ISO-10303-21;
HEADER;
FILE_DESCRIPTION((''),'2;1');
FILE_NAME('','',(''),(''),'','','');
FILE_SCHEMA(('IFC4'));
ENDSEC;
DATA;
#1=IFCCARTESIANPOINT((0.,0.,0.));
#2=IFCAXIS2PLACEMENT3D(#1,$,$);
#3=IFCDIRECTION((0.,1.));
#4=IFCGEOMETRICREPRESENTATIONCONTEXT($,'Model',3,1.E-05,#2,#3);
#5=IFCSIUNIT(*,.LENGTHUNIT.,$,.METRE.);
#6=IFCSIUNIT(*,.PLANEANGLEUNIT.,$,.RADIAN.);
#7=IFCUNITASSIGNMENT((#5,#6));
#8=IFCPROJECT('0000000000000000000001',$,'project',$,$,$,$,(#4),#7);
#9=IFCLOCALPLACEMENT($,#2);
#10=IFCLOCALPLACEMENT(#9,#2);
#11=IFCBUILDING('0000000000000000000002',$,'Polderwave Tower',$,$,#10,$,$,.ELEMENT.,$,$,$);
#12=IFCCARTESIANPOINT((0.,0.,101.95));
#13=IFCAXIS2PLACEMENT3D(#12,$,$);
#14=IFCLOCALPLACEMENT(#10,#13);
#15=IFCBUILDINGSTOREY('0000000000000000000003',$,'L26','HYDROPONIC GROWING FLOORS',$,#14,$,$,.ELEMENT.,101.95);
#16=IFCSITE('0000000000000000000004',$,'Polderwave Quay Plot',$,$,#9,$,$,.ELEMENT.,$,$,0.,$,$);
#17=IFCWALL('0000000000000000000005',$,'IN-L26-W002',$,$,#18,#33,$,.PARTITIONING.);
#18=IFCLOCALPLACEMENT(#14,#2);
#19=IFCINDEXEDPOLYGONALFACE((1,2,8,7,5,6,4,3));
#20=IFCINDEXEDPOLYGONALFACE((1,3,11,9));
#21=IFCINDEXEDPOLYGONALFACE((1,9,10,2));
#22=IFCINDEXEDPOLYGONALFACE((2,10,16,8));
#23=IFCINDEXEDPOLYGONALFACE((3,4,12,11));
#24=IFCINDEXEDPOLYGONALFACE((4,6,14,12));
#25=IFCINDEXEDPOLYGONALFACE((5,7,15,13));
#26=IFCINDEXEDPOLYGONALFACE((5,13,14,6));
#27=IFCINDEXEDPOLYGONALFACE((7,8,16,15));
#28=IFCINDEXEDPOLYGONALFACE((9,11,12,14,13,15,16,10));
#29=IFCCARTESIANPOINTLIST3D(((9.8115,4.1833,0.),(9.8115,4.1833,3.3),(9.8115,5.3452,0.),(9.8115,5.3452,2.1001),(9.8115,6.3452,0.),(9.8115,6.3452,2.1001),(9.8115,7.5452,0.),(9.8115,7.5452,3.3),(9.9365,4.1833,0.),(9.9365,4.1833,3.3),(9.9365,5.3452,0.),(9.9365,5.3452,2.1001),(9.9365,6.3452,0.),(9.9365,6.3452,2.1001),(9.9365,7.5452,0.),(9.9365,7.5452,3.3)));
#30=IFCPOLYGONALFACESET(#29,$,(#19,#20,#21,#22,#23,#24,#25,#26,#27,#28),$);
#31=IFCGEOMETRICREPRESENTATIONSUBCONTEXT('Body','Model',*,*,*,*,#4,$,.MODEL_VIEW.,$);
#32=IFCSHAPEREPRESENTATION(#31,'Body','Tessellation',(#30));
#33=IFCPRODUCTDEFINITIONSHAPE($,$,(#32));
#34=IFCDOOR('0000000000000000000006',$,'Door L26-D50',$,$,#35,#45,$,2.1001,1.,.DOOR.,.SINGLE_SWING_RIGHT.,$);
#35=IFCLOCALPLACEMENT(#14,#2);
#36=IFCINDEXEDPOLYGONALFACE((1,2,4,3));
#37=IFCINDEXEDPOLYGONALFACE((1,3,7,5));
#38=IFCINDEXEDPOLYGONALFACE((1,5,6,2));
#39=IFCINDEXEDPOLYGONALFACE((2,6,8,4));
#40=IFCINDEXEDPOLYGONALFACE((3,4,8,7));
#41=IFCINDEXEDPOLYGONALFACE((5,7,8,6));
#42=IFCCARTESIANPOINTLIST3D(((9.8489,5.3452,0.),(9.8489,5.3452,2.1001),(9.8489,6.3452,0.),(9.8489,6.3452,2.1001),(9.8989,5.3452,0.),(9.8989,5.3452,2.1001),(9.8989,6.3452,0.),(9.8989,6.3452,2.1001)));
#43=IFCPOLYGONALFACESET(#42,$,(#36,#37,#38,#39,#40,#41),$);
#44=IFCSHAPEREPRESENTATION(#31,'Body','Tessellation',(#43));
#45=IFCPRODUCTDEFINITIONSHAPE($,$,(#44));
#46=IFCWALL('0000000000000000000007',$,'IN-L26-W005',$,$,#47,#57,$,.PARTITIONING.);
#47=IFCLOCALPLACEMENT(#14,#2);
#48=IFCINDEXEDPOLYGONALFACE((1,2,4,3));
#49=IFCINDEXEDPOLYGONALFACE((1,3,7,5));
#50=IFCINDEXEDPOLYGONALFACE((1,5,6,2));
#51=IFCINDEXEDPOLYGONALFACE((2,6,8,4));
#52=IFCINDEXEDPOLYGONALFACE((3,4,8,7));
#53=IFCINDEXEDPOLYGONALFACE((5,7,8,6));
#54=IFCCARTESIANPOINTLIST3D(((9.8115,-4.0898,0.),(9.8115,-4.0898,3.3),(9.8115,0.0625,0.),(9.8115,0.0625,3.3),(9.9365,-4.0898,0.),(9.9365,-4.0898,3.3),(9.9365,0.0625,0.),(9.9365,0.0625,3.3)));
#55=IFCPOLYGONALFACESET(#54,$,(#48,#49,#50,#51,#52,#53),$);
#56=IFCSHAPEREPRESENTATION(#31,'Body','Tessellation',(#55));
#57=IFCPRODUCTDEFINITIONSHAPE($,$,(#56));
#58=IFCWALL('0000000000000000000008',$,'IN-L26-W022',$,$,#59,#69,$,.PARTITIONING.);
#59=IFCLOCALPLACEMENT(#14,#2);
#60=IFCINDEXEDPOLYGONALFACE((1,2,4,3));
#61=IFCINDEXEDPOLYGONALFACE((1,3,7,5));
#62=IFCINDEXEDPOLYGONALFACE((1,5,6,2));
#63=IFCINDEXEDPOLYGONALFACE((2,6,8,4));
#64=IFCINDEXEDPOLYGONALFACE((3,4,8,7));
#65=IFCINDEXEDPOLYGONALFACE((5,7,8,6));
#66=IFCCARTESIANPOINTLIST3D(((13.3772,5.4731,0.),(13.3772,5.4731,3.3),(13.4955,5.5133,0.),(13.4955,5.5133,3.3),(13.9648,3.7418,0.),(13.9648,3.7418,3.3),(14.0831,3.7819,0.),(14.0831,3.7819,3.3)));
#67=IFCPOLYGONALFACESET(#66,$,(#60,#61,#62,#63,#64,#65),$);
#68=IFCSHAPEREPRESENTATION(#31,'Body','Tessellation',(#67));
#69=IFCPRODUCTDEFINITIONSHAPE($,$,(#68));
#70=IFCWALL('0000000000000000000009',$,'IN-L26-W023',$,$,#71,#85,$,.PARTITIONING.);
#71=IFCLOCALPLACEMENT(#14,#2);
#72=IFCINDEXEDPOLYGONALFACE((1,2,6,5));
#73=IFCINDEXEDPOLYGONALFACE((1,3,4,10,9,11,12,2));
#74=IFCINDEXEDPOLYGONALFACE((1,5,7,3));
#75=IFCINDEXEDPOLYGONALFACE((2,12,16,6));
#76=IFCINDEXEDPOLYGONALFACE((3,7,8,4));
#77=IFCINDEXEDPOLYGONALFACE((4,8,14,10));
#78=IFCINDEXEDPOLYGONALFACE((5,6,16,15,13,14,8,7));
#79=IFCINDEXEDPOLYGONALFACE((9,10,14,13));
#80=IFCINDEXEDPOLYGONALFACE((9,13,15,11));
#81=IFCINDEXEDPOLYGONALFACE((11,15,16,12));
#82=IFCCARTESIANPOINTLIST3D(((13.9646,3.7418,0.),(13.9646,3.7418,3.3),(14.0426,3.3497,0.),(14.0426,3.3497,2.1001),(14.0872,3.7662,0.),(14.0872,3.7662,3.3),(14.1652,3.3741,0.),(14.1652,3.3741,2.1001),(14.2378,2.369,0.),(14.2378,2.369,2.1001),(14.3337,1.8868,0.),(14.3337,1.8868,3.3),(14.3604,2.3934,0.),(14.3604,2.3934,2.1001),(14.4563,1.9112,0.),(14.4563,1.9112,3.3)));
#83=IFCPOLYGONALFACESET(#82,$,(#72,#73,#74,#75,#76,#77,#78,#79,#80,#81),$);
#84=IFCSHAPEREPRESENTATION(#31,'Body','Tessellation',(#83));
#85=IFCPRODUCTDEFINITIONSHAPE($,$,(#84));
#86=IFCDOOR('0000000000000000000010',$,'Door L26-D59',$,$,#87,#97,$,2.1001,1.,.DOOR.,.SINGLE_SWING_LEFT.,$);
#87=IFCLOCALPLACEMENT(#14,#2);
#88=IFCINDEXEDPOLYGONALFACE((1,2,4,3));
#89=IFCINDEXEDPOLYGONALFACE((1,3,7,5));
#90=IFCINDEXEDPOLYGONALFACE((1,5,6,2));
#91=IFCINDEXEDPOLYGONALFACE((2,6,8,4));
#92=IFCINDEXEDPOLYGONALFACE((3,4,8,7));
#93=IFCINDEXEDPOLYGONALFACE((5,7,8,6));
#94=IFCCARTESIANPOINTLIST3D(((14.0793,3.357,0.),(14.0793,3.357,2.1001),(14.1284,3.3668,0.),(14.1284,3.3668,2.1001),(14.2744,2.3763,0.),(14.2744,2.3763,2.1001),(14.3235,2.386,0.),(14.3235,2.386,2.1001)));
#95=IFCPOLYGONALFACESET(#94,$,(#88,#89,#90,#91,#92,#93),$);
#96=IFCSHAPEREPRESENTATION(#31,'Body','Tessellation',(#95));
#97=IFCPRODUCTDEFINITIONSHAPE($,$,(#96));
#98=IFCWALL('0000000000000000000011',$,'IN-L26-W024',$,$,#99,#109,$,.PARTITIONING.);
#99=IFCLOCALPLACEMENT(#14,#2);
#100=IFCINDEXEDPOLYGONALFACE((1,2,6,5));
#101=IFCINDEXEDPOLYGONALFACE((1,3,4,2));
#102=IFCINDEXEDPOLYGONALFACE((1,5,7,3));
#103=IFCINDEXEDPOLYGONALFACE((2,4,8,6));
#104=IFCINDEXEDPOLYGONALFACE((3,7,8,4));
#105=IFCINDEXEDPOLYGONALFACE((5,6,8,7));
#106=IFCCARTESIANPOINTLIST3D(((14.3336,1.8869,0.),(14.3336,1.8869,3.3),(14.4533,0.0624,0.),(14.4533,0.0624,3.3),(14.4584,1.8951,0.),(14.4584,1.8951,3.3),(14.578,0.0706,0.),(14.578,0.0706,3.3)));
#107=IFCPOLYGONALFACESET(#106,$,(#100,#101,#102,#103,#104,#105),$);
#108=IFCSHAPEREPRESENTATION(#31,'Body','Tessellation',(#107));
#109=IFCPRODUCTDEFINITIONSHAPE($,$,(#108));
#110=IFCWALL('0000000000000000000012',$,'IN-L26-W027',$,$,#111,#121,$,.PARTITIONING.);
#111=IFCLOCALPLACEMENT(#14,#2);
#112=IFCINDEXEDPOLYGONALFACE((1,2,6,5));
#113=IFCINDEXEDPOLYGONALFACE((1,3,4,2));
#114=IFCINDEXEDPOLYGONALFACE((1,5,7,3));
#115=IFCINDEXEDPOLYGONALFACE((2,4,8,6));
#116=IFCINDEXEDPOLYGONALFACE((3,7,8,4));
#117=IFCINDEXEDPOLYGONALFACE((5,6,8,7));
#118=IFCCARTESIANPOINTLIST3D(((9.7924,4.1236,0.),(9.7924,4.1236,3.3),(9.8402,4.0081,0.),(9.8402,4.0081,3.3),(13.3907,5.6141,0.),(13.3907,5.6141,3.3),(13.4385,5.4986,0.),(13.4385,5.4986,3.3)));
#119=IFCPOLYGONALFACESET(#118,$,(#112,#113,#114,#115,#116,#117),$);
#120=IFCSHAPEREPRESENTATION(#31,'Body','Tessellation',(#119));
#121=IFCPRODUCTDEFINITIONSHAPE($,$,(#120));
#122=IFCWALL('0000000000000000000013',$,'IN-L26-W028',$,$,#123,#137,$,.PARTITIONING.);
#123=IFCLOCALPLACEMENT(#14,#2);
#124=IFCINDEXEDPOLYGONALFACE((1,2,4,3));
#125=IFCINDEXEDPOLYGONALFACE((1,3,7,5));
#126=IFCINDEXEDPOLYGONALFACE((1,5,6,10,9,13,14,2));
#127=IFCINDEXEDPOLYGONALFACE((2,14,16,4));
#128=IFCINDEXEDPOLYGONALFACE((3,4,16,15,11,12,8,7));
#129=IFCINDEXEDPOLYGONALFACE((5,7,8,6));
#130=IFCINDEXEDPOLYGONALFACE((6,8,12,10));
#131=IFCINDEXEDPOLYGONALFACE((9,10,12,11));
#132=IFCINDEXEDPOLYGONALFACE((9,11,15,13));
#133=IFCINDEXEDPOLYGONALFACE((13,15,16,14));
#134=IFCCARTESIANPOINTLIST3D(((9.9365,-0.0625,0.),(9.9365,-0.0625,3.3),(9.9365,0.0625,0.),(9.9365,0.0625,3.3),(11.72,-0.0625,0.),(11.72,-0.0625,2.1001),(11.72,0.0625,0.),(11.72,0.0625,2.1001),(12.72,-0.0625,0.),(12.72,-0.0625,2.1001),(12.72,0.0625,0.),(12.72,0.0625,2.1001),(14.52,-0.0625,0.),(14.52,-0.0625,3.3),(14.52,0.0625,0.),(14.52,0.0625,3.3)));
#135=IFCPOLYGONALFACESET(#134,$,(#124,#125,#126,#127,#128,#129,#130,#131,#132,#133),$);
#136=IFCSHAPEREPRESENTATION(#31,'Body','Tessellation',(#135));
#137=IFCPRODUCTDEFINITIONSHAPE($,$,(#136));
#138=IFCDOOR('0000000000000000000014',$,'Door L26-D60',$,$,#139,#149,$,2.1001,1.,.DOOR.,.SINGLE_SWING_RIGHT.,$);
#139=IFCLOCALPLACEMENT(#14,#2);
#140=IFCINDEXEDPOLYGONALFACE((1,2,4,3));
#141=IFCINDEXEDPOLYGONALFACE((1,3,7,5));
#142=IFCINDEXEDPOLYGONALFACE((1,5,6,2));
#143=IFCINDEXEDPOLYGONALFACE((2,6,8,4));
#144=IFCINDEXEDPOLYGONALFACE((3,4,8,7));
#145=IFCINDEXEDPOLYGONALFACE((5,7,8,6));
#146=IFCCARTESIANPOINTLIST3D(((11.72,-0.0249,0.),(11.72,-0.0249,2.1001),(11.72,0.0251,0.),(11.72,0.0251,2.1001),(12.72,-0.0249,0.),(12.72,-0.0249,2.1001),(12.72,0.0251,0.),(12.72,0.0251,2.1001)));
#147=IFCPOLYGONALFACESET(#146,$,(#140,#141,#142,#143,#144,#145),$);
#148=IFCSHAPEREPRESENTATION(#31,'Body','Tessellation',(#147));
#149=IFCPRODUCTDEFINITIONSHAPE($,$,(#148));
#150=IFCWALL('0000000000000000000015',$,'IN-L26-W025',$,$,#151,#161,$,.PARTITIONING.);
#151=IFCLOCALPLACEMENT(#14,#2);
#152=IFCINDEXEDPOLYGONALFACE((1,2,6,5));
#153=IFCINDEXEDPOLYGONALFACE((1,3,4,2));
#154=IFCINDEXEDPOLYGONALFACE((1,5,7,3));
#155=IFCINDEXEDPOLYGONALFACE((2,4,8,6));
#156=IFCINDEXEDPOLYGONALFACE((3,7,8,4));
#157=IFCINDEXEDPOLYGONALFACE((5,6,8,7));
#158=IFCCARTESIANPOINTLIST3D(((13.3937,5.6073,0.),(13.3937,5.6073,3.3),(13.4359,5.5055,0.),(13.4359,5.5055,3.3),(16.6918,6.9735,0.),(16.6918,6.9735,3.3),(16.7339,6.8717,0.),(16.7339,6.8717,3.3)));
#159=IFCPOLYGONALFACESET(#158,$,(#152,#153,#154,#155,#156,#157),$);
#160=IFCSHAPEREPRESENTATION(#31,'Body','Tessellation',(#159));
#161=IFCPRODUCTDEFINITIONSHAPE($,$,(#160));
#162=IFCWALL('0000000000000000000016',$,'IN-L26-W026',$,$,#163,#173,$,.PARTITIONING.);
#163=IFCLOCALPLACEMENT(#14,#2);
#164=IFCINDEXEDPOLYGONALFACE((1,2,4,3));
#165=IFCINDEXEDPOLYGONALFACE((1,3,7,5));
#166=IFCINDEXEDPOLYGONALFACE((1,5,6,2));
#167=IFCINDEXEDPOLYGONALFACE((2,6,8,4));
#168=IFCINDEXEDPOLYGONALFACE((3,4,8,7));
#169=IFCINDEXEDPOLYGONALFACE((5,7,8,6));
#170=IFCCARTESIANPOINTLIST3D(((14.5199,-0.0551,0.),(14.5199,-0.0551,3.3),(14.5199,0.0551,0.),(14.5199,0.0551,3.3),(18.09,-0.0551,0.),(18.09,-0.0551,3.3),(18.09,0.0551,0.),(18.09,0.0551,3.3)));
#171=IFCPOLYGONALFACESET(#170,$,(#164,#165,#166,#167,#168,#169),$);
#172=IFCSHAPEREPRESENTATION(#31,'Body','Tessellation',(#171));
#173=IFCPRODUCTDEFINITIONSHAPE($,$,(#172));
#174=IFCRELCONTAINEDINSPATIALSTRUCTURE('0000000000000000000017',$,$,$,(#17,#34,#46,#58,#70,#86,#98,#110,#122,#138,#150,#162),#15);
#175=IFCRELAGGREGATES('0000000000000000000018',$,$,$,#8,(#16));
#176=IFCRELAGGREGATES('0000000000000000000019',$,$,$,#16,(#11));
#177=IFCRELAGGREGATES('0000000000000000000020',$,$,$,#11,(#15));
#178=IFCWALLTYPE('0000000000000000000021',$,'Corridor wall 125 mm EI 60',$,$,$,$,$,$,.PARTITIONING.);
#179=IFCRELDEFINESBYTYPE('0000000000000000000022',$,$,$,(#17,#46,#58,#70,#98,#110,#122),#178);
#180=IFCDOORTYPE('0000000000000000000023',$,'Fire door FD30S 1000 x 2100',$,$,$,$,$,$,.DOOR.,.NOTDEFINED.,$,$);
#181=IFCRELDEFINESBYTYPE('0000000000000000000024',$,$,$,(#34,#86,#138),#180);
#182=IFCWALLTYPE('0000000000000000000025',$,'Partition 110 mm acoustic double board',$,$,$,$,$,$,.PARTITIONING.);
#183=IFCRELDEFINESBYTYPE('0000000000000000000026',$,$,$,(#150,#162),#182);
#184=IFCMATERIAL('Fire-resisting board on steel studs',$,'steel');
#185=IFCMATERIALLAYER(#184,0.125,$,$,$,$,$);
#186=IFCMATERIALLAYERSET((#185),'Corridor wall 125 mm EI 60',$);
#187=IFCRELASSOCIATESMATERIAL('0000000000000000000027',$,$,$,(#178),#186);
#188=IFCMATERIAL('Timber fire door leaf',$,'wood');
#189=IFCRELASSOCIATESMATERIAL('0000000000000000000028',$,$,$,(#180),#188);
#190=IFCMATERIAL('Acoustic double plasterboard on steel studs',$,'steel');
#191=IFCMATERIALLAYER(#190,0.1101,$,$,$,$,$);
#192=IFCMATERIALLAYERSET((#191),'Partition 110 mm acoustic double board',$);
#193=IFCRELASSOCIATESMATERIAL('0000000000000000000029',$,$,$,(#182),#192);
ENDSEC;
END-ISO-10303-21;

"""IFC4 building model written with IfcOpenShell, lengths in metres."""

from ifc_helpers import new_model, si_unit, direction, frame, frame_2d, origin, place, context, subcontext, project, spatial, rectangle, extrude, material, layer, layer_set, type_object, element, fill, save


model = new_model("IFC4")

# Units and contexts
model_context = context("Model", 3, precision=1e-05, world=origin(), true_north=direction((0.0, 1.0)))
body_context = subcontext(model_context, "Body", "Model", "MODEL_VIEW")
ifc_project = project(units=[si_unit("LENGTHUNIT", "METRE"), si_unit("PLANEANGLEUNIT", "RADIAN")], contexts=[model_context])

# Site, building, storey
site_placement = place(None, origin())
site = spatial("IfcSite", under=ifc_project, at=site_placement, Name="Polderwave Quay Plot", CompositionType="ELEMENT", RefElevation=0.0)
building_placement = place(site_placement, origin())
building = spatial("IfcBuilding", under=site, at=building_placement, Name="Polderwave Tower", CompositionType="ELEMENT")
storey_placement = place(building_placement, frame((0.0, 0.0, 101.95)))
storey = spatial("IfcBuildingStorey", under=building, at=storey_placement, Name="L26", Description="HYDROPONIC GROWING FLOORS", CompositionType="ELEMENT", Elevation=101.95)

# Wall, opening, door
ifc_material_1 = material(Name="Fire-resisting board on steel studs", Category="steel")
ifc_layer_1 = layer(ifc_material_1, 0.125)
ifc_layer_set_1 = layer_set([ifc_layer_1], Name="Corridor wall 125 mm EI 60")
wall_type_1 = type_object("IfcWallType", Name="Corridor wall 125 mm EI 60", PredefinedType="PARTITIONING", material=ifc_layer_set_1)
wall_1_placement = place(storey_placement, frame((9.874, 7.5452, 0.0), z_axis=(0.0, 0.0, 1.0), x_axis=(0.0, -1.0, 0.0)))
wall_1 = element("IfcWall", 1, at=wall_1_placement, inside=storey, type_object=wall_type_1, Name="IN-L26-W002", PredefinedType="PARTITIONING", context=body_context, shape_type="SweptSolid", body=[
    extrude(rectangle(XDim=3.3618, YDim=0.125, at=frame_2d((1.6809, 0.0))), origin(), (0.0, 0.0, 1.0), 3.3),
])
opening_1_placement = place(wall_1_placement, frame((1.2, 0.0, 0.0)))
opening_1 = element("IfcOpeningElement", 2, at=opening_1_placement, cuts=wall_1, PredefinedType="OPENING", context=body_context, shape_type="SweptSolid", body=[
    extrude(rectangle(XDim=1.0, YDim=2.1001, at=frame_2d((0.5, 1.05))), frame((0.0, 0.0725, 0.0), z_axis=(0.0, -1.0, 0.0), x_axis=(1.0, 0.0, 0.0)), (0.0, 0.0, 1.0), 0.145),
])
ifc_material_2 = material(Name="Timber fire door leaf", Category="wood")
door_type = type_object("IfcDoorType", Name="Fire door FD30S 1000 x 2100", OperationType="NOTDEFINED", PredefinedType="DOOR", material=ifc_material_2)
door_1_placement = place(opening_1_placement, origin())
door_1 = element("IfcDoor", 3, at=door_1_placement, inside=storey, type_object=door_type, Name="Door L26-D50", OperationType="SINGLE_SWING_RIGHT", OverallHeight=2.1001, OverallWidth=1.0, PredefinedType="DOOR", context=body_context, shape_type="SweptSolid", body=[
    extrude(rectangle(XDim=1.0, YDim=2.1001, at=frame_2d((0.5, 1.05))), frame((0.0, 0.0249, 0.0), z_axis=(0.0, -1.0, 0.0), x_axis=(1.0, 0.0, 0.0)), (0.0, 0.0, 1.0), 0.05),
])
fill(opening_1, door_1)

# Walls
wall_2_placement = place(storey_placement, frame((9.874, 0.0625, 0.0), z_axis=(0.0, 0.0, 1.0), x_axis=(0.0, -1.0, 0.0)))
element("IfcWall", 4, at=wall_2_placement, inside=storey, type_object=wall_type_1, Name="IN-L26-W005", PredefinedType="PARTITIONING", context=body_context, shape_type="SweptSolid", body=[
    extrude(rectangle(XDim=4.1523, YDim=0.125, at=frame_2d((2.0762, 0.0))), origin(), (0.0, 0.0, 1.0), 3.3),
])
wall_3_placement = place(storey_placement, frame((14.0239, 3.762, 0.0), z_axis=(0.0, 0.0, 1.0), x_axis=(-0.32139, 0.946947, 0.0)))
element("IfcWall", 5, at=wall_3_placement, inside=storey, type_object=wall_type_1, Name="IN-L26-W022", PredefinedType="PARTITIONING", context=body_context, shape_type="SweptSolid", body=[
    extrude(rectangle(XDim=1.8284, YDim=0.125, at=frame_2d((0.9141, 0.0))), origin(), (0.0, 0.0, 1.0), 3.3),
])

# Wall, opening, door
wall_4_placement = place(storey_placement, frame((14.0259, 3.7542, 0.0), z_axis=(0.0, 0.0, 1.0), x_axis=(0.195173, -0.980769, 0.0)))
wall_4 = element("IfcWall", 6, at=wall_4_placement, inside=storey, type_object=wall_type_1, Name="IN-L26-W023", PredefinedType="PARTITIONING", context=body_context, shape_type="SweptSolid", body=[
    extrude(rectangle(XDim=1.8914, YDim=0.125, at=frame_2d((0.9458, 0.0))), origin(), (0.0, 0.0, 1.0), 3.3),
])
opening_2_placement = place(wall_4_placement, frame((0.3999, 0.0, 0.0)))
opening_2 = element("IfcOpeningElement", 7, at=opening_2_placement, cuts=wall_4, PredefinedType="OPENING", context=body_context, shape_type="SweptSolid", body=[
    extrude(rectangle(XDim=1.0, YDim=2.1001, at=frame_2d((0.5, 1.05))), frame((0.0, 0.0725, 0.0), z_axis=(0.0, -1.0, 0.0), x_axis=(1.0, 0.0, 0.0)), (0.0, 0.0, 1.0), 0.145),
])
door_2_placement = place(opening_2_placement, origin())
door_2 = element("IfcDoor", 8, at=door_2_placement, inside=storey, type_object=door_type, Name="Door L26-D59", OperationType="SINGLE_SWING_LEFT", OverallHeight=2.1001, OverallWidth=1.0, PredefinedType="DOOR", context=body_context, shape_type="SweptSolid", body=[
    extrude(rectangle(XDim=1.0, YDim=2.1001, at=frame_2d((0.5, 1.05))), frame((0.0, 0.0249, 0.0), z_axis=(0.0, -1.0, 0.0), x_axis=(1.0, 0.0, 0.0)), (0.0, 0.0, 1.0), 0.05),
])
fill(opening_2, door_2)

# Walls
wall_5_placement = place(storey_placement, frame((14.5156, 0.0667, 0.0), z_axis=(0.0, 0.0, 1.0), x_axis=(-0.065429, 0.997857, 0.0)))
element("IfcWall", 9, at=wall_5_placement, inside=storey, type_object=wall_type_1, Name="IN-L26-W024", PredefinedType="PARTITIONING", context=body_context, shape_type="SweptSolid", body=[
    extrude(rectangle(XDim=1.8284, YDim=0.125, at=frame_2d((0.9141, 0.0))), origin(), (0.0, 0.0, 1.0), 3.3),
])
wall_6_placement = place(storey_placement, frame((9.8164, 4.0659, 0.0), z_axis=(0.0, 0.0, 1.0), x_axis=(0.923882, 0.382678, 0.0)))
element("IfcWall", 10, at=wall_6_placement, inside=storey, type_object=wall_type_1, Name="IN-L26-W027", PredefinedType="PARTITIONING", context=body_context, shape_type="SweptSolid", body=[
    extrude(rectangle(XDim=3.8948, YDim=0.125, at=frame_2d((1.9473, 0.0))), origin(), (0.0, 0.0, 1.0), 3.3),
])

# Wall, opening, door
wall_7_placement = place(storey_placement, frame((14.52, 0.0, 0.0), z_axis=(0.0, 0.0, 1.0), x_axis=(-1.0, 0.0, 0.0)))
wall_7 = element("IfcWall", 11, at=wall_7_placement, inside=storey, type_object=wall_type_1, Name="IN-L26-W028", PredefinedType="PARTITIONING", context=body_context, shape_type="SweptSolid", body=[
    extrude(rectangle(XDim=4.5835, YDim=0.125, at=frame_2d((2.2917, 0.0))), origin(), (0.0, 0.0, 1.0), 3.3),
])
opening_3_placement = place(wall_7_placement, frame((1.8, 0.0, 0.0)))
opening_3 = element("IfcOpeningElement", 12, at=opening_3_placement, cuts=wall_7, PredefinedType="OPENING", context=body_context, shape_type="SweptSolid", body=[
    extrude(rectangle(XDim=1.0, YDim=2.1001, at=frame_2d((0.5, 1.05))), frame((0.0, 0.0725, 0.0), z_axis=(0.0, -1.0, 0.0), x_axis=(1.0, 0.0, 0.0)), (0.0, 0.0, 1.0), 0.145),
])
door_3_placement = place(opening_3_placement, origin())
door_3 = element("IfcDoor", 13, at=door_3_placement, inside=storey, type_object=door_type, Name="Door L26-D60", OperationType="SINGLE_SWING_RIGHT", OverallHeight=2.1001, OverallWidth=1.0, PredefinedType="DOOR", context=body_context, shape_type="SweptSolid", body=[
    extrude(rectangle(XDim=1.0, YDim=2.1001, at=frame_2d((0.5, 1.05))), frame((0.0, 0.0249, 0.0), z_axis=(0.0, -1.0, 0.0), x_axis=(1.0, 0.0, 0.0)), (0.0, 0.0, 1.0), 0.05),
])
fill(opening_3, door_3)

# Walls
ifc_material_3 = material(Name="Acoustic double plasterboard on steel studs", Category="steel")
ifc_layer_2 = layer(ifc_material_3, 0.1101)
ifc_layer_set_2 = layer_set([ifc_layer_2], Name="Partition 110 mm acoustic double board")
wall_type_2 = type_object("IfcWallType", Name="Partition 110 mm acoustic double board", PredefinedType="PARTITIONING", material=ifc_layer_set_2)
wall_8_placement = place(storey_placement, frame((13.4148, 5.5564, 0.0), z_axis=(0.0, 0.0, 1.0), x_axis=(0.92387, 0.382706, 0.0)))
element("IfcWall", 14, at=wall_8_placement, inside=storey, type_object=wall_type_2, Name="IN-L26-W025", PredefinedType="PARTITIONING", context=body_context, shape_type="SweptSolid", body=[
    extrude(rectangle(XDim=3.5698, YDim=0.1101, at=frame_2d((1.7849, 0.0))), origin(), (0.0, 0.0, 1.0), 3.3),
])
wall_9_placement = place(storey_placement, frame((18.0901, 0.0, 0.0), z_axis=(0.0, 0.0, 1.0), x_axis=(-1.0, 0.0, 0.0)))
element("IfcWall", 15, at=wall_9_placement, inside=storey, type_object=wall_type_2, Name="IN-L26-W026", PredefinedType="PARTITIONING", context=body_context, shape_type="SweptSolid", body=[
    extrude(rectangle(XDim=3.5701, YDim=0.1101, at=frame_2d((1.7852, 0.0))), origin(), (0.0, 0.0, 1.0), 3.3),
])

save(model, "model.ifc")
